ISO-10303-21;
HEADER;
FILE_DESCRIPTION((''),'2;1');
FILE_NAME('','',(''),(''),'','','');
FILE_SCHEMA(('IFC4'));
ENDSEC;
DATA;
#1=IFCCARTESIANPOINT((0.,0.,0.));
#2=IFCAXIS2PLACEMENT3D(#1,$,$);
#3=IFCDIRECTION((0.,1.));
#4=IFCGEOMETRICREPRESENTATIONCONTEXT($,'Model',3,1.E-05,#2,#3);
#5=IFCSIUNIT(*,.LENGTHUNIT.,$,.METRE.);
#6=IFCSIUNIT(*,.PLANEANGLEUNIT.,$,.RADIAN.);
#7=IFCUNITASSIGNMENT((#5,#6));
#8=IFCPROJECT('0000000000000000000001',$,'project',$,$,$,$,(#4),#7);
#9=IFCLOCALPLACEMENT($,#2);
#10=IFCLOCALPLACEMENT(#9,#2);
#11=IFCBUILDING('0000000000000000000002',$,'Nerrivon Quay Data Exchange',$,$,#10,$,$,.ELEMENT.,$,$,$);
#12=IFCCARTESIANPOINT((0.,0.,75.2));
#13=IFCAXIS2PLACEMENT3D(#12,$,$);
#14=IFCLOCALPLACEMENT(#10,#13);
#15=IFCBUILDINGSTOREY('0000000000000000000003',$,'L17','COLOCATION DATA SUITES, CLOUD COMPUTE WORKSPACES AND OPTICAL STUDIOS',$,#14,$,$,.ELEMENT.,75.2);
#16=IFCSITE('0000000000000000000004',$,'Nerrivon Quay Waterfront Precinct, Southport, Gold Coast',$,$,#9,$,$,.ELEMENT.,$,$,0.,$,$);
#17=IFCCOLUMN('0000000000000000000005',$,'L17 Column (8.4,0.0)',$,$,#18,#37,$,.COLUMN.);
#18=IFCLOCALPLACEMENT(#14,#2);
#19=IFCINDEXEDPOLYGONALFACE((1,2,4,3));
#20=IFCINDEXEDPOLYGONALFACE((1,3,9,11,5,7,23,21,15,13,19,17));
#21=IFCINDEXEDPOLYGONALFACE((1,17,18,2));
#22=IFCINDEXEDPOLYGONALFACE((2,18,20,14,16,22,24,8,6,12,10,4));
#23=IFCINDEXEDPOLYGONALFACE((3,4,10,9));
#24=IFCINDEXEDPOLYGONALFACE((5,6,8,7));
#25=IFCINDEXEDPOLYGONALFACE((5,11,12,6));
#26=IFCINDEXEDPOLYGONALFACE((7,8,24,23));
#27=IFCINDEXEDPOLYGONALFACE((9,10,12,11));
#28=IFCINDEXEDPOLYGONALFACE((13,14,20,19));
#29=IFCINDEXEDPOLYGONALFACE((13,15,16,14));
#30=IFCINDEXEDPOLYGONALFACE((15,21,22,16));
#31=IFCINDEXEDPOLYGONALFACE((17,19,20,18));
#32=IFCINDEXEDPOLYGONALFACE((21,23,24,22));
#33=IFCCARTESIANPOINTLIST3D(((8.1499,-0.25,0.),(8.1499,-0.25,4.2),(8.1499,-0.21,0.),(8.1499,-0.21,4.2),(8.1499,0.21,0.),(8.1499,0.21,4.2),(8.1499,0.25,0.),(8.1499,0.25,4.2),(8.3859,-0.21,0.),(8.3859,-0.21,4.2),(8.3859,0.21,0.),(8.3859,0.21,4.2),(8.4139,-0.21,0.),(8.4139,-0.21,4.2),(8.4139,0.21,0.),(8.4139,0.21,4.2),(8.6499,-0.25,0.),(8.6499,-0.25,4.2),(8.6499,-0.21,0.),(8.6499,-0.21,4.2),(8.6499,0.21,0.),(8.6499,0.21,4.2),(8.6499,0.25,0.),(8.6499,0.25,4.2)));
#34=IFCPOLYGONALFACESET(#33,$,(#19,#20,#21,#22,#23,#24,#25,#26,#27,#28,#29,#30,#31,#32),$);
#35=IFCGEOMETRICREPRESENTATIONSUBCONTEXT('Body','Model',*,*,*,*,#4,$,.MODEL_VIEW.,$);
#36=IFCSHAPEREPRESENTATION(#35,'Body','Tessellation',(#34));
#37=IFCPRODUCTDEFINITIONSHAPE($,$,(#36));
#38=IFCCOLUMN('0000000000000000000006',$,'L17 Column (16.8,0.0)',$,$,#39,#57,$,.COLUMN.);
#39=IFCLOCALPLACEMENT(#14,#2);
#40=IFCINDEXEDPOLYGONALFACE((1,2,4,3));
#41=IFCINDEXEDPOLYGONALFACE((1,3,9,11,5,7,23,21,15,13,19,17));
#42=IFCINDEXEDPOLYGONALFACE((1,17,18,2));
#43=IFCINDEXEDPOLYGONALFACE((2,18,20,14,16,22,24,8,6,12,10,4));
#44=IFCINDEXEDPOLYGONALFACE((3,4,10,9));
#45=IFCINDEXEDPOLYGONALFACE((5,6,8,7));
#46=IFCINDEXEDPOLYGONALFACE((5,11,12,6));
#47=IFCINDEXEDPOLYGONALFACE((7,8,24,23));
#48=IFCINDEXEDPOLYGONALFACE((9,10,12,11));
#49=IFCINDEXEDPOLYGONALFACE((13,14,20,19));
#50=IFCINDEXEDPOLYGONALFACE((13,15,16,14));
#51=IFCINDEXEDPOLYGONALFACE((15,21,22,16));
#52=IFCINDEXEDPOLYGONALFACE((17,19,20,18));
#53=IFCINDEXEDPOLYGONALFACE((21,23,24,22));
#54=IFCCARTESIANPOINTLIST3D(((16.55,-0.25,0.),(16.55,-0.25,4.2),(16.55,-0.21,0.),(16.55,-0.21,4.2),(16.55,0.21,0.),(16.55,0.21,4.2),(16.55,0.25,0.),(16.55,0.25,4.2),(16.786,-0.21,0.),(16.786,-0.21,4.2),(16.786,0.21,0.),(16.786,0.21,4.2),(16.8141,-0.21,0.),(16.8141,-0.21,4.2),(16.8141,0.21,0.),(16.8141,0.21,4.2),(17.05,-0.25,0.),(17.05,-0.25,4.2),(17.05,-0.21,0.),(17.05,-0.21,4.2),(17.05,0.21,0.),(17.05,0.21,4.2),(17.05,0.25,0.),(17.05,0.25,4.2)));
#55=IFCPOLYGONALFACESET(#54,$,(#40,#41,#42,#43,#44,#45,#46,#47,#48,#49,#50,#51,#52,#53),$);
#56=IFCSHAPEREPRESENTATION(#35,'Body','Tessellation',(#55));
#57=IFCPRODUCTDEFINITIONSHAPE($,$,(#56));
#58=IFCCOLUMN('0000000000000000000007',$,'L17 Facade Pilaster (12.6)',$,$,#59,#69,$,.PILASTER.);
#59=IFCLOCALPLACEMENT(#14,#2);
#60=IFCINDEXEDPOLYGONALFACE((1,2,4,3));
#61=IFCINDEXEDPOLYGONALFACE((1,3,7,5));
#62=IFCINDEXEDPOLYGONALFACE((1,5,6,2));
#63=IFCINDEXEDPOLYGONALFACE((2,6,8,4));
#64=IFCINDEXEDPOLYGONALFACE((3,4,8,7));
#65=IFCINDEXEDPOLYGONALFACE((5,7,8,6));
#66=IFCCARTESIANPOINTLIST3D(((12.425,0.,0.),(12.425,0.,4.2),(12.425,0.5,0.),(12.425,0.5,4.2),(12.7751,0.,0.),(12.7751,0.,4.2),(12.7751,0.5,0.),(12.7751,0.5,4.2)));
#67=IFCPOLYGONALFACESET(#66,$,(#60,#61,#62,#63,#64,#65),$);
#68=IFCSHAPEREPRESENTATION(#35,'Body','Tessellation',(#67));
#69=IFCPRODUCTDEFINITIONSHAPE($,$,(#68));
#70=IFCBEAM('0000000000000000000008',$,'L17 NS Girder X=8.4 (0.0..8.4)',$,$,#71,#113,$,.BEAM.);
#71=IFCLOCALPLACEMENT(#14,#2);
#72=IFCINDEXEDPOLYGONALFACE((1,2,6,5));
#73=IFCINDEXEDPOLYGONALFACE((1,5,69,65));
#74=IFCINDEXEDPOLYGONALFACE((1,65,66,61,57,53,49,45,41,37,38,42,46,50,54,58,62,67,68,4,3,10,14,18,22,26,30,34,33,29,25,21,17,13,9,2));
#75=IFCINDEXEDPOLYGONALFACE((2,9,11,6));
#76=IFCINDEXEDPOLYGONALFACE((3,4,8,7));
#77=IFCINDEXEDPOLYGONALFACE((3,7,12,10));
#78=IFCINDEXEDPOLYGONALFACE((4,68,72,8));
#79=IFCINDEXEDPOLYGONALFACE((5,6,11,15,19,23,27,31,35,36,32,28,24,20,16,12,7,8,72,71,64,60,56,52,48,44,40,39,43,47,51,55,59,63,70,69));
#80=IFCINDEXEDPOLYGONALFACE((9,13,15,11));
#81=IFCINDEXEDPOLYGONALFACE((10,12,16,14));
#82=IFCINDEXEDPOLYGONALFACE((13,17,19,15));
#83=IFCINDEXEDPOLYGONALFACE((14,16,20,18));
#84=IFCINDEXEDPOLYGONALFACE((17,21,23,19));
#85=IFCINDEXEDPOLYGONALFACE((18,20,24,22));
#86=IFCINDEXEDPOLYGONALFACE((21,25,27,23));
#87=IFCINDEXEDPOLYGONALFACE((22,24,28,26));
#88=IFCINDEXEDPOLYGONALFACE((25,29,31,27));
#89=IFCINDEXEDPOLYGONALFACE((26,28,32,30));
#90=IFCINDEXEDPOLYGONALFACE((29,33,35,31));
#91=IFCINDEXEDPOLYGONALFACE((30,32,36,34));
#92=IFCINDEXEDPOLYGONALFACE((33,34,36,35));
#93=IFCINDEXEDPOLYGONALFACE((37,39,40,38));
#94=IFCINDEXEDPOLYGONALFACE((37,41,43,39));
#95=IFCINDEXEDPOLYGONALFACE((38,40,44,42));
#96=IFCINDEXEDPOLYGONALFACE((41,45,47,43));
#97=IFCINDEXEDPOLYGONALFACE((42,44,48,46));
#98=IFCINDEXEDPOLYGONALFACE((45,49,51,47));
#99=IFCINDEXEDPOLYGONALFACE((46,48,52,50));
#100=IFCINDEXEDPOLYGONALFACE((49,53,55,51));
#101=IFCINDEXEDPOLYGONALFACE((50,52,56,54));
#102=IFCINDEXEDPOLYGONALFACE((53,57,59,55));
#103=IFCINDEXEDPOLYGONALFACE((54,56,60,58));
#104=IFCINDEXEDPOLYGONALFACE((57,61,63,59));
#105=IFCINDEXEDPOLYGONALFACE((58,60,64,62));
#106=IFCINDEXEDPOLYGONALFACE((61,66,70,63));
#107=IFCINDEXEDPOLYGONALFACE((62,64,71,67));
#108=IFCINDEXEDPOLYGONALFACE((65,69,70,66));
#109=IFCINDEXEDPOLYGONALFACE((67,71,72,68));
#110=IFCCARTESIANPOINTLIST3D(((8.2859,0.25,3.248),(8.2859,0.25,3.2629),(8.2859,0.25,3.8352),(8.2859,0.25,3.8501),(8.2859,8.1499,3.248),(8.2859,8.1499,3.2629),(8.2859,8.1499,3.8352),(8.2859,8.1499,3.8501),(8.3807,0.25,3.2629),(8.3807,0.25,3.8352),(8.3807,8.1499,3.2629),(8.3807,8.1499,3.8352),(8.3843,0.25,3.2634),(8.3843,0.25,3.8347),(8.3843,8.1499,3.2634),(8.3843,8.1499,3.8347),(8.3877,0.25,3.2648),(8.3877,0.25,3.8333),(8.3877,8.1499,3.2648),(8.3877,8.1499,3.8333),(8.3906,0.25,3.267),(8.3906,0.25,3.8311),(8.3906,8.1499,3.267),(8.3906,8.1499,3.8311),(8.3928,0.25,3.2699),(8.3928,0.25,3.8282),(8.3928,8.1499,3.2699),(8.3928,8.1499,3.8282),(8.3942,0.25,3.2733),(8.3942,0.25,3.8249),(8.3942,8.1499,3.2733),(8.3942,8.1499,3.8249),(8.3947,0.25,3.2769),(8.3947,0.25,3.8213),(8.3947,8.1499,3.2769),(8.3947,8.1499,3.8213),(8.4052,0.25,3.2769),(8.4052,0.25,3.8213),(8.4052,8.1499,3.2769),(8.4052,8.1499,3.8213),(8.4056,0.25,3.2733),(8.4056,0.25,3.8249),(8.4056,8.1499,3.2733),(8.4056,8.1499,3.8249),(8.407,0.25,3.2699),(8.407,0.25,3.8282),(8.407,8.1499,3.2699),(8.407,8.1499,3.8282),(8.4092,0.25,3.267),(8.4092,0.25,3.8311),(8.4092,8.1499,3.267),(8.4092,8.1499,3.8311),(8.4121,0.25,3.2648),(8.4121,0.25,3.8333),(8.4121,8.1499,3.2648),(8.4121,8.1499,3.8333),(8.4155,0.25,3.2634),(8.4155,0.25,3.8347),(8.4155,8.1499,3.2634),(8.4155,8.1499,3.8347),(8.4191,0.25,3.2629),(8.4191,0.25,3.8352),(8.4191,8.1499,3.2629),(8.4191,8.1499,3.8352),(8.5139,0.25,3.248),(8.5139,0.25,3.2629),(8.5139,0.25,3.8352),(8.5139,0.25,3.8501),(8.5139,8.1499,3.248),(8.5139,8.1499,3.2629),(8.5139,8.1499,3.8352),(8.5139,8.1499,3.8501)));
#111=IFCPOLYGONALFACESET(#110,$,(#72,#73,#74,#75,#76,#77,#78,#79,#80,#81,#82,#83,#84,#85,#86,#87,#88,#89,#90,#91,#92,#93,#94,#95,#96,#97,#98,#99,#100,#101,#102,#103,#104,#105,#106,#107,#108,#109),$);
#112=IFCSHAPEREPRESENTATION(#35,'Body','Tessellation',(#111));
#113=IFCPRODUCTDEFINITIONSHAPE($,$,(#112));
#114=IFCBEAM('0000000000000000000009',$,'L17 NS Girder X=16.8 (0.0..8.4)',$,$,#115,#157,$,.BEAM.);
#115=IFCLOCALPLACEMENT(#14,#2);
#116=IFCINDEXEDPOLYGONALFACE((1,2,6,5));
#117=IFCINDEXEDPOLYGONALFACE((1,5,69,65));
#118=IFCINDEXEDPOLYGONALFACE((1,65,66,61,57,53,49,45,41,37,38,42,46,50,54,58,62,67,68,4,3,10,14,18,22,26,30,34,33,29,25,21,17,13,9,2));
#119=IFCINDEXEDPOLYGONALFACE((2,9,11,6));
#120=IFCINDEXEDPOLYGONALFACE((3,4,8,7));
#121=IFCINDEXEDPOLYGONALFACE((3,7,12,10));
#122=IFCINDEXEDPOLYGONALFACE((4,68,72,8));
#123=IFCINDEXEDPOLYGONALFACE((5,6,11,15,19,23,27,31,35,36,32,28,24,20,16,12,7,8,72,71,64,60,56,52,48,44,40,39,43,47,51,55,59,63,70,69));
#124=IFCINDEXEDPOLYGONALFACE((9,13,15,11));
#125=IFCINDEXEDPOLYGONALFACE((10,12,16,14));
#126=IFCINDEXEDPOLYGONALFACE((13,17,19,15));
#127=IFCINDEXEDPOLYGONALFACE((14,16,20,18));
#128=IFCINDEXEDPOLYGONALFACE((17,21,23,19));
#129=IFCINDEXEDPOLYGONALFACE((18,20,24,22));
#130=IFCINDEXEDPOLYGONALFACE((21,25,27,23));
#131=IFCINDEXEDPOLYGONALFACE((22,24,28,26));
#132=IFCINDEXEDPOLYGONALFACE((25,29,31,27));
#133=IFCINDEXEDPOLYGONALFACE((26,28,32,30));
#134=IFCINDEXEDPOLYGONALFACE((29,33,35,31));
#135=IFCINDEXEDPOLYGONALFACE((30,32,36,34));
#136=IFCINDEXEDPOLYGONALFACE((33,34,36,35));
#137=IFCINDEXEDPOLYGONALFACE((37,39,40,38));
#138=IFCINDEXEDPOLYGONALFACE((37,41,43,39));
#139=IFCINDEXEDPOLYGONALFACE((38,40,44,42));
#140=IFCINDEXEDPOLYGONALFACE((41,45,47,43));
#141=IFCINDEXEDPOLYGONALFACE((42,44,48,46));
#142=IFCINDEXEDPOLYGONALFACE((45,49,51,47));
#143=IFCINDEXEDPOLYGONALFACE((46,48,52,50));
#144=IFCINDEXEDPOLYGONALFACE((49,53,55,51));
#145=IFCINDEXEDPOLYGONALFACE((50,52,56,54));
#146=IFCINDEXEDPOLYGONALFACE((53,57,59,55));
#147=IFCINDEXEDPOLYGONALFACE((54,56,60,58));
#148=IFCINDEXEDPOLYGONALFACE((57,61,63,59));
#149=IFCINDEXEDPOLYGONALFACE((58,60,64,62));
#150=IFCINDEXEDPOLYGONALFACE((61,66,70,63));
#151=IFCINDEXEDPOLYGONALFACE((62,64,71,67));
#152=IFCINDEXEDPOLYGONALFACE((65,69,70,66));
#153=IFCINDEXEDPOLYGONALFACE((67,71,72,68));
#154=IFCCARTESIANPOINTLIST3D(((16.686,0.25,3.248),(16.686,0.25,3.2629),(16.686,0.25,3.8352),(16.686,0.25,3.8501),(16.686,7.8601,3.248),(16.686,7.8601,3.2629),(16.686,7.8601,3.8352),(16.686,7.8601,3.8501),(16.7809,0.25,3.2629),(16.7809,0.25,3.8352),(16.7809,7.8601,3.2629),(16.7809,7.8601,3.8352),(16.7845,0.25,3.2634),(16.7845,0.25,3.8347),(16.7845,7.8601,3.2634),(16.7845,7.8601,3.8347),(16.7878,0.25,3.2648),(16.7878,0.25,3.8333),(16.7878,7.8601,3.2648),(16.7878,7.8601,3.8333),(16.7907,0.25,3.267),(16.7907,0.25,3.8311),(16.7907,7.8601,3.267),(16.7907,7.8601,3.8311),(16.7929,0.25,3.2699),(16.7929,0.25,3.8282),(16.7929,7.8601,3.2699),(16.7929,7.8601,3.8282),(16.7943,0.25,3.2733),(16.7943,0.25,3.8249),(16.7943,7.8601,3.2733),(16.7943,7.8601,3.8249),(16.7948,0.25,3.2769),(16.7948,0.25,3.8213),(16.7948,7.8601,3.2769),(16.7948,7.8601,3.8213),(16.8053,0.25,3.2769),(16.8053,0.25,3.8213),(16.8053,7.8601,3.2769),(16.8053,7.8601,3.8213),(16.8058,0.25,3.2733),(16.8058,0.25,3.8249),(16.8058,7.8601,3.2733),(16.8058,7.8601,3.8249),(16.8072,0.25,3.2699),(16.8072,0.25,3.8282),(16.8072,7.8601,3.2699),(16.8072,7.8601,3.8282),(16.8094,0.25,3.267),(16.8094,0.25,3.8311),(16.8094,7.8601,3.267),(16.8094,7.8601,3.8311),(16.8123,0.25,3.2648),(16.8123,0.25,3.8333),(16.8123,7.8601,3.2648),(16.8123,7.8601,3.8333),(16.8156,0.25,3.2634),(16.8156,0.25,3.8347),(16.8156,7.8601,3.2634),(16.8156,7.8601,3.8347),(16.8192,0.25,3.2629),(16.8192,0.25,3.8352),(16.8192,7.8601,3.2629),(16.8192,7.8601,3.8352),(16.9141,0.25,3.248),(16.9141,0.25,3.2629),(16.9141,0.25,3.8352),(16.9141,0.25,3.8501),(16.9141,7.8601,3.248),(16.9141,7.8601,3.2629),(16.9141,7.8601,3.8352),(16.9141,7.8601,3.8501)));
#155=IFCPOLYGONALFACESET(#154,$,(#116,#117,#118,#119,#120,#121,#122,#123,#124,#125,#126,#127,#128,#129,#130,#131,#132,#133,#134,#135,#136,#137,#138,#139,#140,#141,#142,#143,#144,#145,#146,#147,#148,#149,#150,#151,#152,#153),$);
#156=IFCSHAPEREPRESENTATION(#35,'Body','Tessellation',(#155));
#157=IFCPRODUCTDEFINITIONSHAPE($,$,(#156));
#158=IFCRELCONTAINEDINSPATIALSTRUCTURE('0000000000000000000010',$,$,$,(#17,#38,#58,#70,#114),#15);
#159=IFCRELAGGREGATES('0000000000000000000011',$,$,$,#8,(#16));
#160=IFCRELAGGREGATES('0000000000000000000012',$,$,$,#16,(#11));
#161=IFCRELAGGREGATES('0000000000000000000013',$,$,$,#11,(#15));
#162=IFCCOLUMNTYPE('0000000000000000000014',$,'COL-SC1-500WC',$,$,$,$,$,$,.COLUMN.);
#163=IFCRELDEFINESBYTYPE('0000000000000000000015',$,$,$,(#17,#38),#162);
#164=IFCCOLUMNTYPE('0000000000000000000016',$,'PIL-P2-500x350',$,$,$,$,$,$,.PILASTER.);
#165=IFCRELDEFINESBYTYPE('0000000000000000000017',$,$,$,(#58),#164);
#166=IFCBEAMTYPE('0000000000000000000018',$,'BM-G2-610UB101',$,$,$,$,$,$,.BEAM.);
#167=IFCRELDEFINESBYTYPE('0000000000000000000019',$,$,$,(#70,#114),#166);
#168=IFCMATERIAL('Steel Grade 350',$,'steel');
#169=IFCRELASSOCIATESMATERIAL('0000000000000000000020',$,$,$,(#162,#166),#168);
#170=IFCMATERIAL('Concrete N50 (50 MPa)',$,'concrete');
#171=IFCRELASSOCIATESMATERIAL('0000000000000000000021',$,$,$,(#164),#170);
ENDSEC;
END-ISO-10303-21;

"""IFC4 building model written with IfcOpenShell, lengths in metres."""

from ifc_helpers import new_model, si_unit, direction, frame, origin, origin_2d, place, context, subcontext, project, spatial, rectangle, i_section, extrude, material, material_profile, profile_set, type_object, element, save


model = new_model("IFC4")

# Units and contexts
model_context = context("Model", 3, precision=1e-05, world=origin(), true_north=direction((0.0, 1.0)))
body_context = subcontext(model_context, "Body", "Model", "MODEL_VIEW")
ifc_project = project(units=[si_unit("LENGTHUNIT", "METRE"), si_unit("PLANEANGLEUNIT", "RADIAN")], contexts=[model_context])

# Site, building, storey
site_placement = place(None, origin())
site = spatial("IfcSite", under=ifc_project, at=site_placement, Name="Nerrivon Quay Waterfront Precinct, Southport, Gold Coast", CompositionType="ELEMENT", RefElevation=0.0)
building_placement = place(site_placement, origin())
building = spatial("IfcBuilding", under=site, at=building_placement, Name="Nerrivon Quay Data Exchange", CompositionType="ELEMENT")
storey_placement = place(building_placement, frame((0.0, 0.0, 75.2)))
storey = spatial("IfcBuildingStorey", under=building, at=storey_placement, Name="L17", Description="COLOCATION DATA SUITES, CLOUD COMPUTE WORKSPACES AND OPTICAL STUDIOS", CompositionType="ELEMENT", Elevation=75.2)

# Columns
ifc_material_1 = material(Name="Steel Grade 350", Category="steel")
ifc_material_profile_1 = material_profile(ifc_material_1, i_section(OverallWidth=0.5, OverallDepth=0.5, WebThickness=0.0281, FlangeThickness=0.04, at=origin_2d()), Name="500WC440")
ifc_profile_set_1 = profile_set([ifc_material_profile_1], Name="Steel Grade 350")
column_type_1 = type_object("IfcColumnType", Name="COL-SC1-500WC", PredefinedType="COLUMN", material=ifc_profile_set_1)
for number, where, z_axis, x_axis, name in (
    (1, (8.3999, 0.0, 0.0), (0.0, 0.0, 1.0), (1.0, 0.0, 0.0), "L17 Column (8.4,0.0)"),
    (2, (16.8, 0.0, 0.0), (0.0, 0.0, 1.0), (1.0, 0.0, 0.0), "L17 Column (16.8,0.0)"),
):
    element("IfcColumn", number, at=place(storey_placement, frame(where, z_axis=z_axis, x_axis=x_axis)), inside=storey, type_object=column_type_1, Name=name, PredefinedType="COLUMN", context=body_context, shape_type="SweptSolid", body=[
        extrude(i_section(OverallWidth=0.5, OverallDepth=0.5, WebThickness=0.0281, FlangeThickness=0.04, at=origin_2d()), origin(), (0.0, 0.0, 1.0), 4.2),
    ])
ifc_material_2 = material(Name="Concrete N50 (50 MPa)", Category="concrete")
ifc_material_profile_2 = material_profile(ifc_material_2, rectangle(XDim=0.3501, YDim=0.5, at=origin_2d()), Name="RC-PIL-500x350")
ifc_profile_set_2 = profile_set([ifc_material_profile_2], Name="Concrete N50 (50 MPa)")
column_type_2 = type_object("IfcColumnType", Name="PIL-P2-500x350", PredefinedType="PILASTER", material=ifc_profile_set_2)
column_placement = place(storey_placement, frame((12.6001, 0.25, 0.0), z_axis=(0.0, 0.0, 1.0), x_axis=(1.0, 0.0, 0.0)))
element("IfcColumn", 3, at=column_placement, inside=storey, type_object=column_type_2, Name="L17 Facade Pilaster (12.6)", PredefinedType="PILASTER", context=body_context, shape_type="SweptSolid", body=[
    extrude(rectangle(XDim=0.3501, YDim=0.5, at=origin_2d()), origin(), (0.0, 0.0, 1.0), 4.2),
])

# Beams
ifc_material_profile_3 = material_profile(ifc_material_1, i_section(OverallWidth=0.228, OverallDepth=0.6021, WebThickness=0.0105, FlangeThickness=0.0149, FilletRadius=0.0139, at=origin_2d()), Name="610UB101")
ifc_profile_set_3 = profile_set([ifc_material_profile_3], Name="Steel Grade 350")
beam_type_1 = type_object("IfcBeamType", Name="BM-G2-610UB101", PredefinedType="BEAM", material=ifc_profile_set_3)
beam_1_placement = place(storey_placement, frame((8.3999, 0.25, 3.5491), z_axis=(0.0, 1.0, 0.0), x_axis=(-1.0, 0.0, 0.0)))
element("IfcBeam", 4, at=beam_1_placement, inside=storey, type_object=beam_type_1, Name="L17 NS Girder X=8.4 (0.0..8.4)", PredefinedType="BEAM", context=body_context, shape_type="SweptSolid", body=[
    extrude(i_section(OverallWidth=0.228, OverallDepth=0.6021, WebThickness=0.0105, FlangeThickness=0.0149, FilletRadius=0.0139, at=origin_2d()), origin(), (0.0, 0.0, 1.0), 7.8999),
])
beam_2_placement = place(storey_placement, frame((16.8, 0.25, 3.5491), z_axis=(0.0, 1.0, 0.0), x_axis=(-1.0, 0.0, 0.0)))
element("IfcBeam", 5, at=beam_2_placement, inside=storey, type_object=beam_type_1, Name="L17 NS Girder X=16.8 (0.0..8.4)", PredefinedType="BEAM", context=body_context, shape_type="SweptSolid", body=[
    extrude(i_section(OverallWidth=0.228, OverallDepth=0.6021, WebThickness=0.0105, FlangeThickness=0.0149, FilletRadius=0.0139, at=origin_2d()), origin(), (0.0, 0.0, 1.0), 7.6101),
])

save(model, "model.ifc")
